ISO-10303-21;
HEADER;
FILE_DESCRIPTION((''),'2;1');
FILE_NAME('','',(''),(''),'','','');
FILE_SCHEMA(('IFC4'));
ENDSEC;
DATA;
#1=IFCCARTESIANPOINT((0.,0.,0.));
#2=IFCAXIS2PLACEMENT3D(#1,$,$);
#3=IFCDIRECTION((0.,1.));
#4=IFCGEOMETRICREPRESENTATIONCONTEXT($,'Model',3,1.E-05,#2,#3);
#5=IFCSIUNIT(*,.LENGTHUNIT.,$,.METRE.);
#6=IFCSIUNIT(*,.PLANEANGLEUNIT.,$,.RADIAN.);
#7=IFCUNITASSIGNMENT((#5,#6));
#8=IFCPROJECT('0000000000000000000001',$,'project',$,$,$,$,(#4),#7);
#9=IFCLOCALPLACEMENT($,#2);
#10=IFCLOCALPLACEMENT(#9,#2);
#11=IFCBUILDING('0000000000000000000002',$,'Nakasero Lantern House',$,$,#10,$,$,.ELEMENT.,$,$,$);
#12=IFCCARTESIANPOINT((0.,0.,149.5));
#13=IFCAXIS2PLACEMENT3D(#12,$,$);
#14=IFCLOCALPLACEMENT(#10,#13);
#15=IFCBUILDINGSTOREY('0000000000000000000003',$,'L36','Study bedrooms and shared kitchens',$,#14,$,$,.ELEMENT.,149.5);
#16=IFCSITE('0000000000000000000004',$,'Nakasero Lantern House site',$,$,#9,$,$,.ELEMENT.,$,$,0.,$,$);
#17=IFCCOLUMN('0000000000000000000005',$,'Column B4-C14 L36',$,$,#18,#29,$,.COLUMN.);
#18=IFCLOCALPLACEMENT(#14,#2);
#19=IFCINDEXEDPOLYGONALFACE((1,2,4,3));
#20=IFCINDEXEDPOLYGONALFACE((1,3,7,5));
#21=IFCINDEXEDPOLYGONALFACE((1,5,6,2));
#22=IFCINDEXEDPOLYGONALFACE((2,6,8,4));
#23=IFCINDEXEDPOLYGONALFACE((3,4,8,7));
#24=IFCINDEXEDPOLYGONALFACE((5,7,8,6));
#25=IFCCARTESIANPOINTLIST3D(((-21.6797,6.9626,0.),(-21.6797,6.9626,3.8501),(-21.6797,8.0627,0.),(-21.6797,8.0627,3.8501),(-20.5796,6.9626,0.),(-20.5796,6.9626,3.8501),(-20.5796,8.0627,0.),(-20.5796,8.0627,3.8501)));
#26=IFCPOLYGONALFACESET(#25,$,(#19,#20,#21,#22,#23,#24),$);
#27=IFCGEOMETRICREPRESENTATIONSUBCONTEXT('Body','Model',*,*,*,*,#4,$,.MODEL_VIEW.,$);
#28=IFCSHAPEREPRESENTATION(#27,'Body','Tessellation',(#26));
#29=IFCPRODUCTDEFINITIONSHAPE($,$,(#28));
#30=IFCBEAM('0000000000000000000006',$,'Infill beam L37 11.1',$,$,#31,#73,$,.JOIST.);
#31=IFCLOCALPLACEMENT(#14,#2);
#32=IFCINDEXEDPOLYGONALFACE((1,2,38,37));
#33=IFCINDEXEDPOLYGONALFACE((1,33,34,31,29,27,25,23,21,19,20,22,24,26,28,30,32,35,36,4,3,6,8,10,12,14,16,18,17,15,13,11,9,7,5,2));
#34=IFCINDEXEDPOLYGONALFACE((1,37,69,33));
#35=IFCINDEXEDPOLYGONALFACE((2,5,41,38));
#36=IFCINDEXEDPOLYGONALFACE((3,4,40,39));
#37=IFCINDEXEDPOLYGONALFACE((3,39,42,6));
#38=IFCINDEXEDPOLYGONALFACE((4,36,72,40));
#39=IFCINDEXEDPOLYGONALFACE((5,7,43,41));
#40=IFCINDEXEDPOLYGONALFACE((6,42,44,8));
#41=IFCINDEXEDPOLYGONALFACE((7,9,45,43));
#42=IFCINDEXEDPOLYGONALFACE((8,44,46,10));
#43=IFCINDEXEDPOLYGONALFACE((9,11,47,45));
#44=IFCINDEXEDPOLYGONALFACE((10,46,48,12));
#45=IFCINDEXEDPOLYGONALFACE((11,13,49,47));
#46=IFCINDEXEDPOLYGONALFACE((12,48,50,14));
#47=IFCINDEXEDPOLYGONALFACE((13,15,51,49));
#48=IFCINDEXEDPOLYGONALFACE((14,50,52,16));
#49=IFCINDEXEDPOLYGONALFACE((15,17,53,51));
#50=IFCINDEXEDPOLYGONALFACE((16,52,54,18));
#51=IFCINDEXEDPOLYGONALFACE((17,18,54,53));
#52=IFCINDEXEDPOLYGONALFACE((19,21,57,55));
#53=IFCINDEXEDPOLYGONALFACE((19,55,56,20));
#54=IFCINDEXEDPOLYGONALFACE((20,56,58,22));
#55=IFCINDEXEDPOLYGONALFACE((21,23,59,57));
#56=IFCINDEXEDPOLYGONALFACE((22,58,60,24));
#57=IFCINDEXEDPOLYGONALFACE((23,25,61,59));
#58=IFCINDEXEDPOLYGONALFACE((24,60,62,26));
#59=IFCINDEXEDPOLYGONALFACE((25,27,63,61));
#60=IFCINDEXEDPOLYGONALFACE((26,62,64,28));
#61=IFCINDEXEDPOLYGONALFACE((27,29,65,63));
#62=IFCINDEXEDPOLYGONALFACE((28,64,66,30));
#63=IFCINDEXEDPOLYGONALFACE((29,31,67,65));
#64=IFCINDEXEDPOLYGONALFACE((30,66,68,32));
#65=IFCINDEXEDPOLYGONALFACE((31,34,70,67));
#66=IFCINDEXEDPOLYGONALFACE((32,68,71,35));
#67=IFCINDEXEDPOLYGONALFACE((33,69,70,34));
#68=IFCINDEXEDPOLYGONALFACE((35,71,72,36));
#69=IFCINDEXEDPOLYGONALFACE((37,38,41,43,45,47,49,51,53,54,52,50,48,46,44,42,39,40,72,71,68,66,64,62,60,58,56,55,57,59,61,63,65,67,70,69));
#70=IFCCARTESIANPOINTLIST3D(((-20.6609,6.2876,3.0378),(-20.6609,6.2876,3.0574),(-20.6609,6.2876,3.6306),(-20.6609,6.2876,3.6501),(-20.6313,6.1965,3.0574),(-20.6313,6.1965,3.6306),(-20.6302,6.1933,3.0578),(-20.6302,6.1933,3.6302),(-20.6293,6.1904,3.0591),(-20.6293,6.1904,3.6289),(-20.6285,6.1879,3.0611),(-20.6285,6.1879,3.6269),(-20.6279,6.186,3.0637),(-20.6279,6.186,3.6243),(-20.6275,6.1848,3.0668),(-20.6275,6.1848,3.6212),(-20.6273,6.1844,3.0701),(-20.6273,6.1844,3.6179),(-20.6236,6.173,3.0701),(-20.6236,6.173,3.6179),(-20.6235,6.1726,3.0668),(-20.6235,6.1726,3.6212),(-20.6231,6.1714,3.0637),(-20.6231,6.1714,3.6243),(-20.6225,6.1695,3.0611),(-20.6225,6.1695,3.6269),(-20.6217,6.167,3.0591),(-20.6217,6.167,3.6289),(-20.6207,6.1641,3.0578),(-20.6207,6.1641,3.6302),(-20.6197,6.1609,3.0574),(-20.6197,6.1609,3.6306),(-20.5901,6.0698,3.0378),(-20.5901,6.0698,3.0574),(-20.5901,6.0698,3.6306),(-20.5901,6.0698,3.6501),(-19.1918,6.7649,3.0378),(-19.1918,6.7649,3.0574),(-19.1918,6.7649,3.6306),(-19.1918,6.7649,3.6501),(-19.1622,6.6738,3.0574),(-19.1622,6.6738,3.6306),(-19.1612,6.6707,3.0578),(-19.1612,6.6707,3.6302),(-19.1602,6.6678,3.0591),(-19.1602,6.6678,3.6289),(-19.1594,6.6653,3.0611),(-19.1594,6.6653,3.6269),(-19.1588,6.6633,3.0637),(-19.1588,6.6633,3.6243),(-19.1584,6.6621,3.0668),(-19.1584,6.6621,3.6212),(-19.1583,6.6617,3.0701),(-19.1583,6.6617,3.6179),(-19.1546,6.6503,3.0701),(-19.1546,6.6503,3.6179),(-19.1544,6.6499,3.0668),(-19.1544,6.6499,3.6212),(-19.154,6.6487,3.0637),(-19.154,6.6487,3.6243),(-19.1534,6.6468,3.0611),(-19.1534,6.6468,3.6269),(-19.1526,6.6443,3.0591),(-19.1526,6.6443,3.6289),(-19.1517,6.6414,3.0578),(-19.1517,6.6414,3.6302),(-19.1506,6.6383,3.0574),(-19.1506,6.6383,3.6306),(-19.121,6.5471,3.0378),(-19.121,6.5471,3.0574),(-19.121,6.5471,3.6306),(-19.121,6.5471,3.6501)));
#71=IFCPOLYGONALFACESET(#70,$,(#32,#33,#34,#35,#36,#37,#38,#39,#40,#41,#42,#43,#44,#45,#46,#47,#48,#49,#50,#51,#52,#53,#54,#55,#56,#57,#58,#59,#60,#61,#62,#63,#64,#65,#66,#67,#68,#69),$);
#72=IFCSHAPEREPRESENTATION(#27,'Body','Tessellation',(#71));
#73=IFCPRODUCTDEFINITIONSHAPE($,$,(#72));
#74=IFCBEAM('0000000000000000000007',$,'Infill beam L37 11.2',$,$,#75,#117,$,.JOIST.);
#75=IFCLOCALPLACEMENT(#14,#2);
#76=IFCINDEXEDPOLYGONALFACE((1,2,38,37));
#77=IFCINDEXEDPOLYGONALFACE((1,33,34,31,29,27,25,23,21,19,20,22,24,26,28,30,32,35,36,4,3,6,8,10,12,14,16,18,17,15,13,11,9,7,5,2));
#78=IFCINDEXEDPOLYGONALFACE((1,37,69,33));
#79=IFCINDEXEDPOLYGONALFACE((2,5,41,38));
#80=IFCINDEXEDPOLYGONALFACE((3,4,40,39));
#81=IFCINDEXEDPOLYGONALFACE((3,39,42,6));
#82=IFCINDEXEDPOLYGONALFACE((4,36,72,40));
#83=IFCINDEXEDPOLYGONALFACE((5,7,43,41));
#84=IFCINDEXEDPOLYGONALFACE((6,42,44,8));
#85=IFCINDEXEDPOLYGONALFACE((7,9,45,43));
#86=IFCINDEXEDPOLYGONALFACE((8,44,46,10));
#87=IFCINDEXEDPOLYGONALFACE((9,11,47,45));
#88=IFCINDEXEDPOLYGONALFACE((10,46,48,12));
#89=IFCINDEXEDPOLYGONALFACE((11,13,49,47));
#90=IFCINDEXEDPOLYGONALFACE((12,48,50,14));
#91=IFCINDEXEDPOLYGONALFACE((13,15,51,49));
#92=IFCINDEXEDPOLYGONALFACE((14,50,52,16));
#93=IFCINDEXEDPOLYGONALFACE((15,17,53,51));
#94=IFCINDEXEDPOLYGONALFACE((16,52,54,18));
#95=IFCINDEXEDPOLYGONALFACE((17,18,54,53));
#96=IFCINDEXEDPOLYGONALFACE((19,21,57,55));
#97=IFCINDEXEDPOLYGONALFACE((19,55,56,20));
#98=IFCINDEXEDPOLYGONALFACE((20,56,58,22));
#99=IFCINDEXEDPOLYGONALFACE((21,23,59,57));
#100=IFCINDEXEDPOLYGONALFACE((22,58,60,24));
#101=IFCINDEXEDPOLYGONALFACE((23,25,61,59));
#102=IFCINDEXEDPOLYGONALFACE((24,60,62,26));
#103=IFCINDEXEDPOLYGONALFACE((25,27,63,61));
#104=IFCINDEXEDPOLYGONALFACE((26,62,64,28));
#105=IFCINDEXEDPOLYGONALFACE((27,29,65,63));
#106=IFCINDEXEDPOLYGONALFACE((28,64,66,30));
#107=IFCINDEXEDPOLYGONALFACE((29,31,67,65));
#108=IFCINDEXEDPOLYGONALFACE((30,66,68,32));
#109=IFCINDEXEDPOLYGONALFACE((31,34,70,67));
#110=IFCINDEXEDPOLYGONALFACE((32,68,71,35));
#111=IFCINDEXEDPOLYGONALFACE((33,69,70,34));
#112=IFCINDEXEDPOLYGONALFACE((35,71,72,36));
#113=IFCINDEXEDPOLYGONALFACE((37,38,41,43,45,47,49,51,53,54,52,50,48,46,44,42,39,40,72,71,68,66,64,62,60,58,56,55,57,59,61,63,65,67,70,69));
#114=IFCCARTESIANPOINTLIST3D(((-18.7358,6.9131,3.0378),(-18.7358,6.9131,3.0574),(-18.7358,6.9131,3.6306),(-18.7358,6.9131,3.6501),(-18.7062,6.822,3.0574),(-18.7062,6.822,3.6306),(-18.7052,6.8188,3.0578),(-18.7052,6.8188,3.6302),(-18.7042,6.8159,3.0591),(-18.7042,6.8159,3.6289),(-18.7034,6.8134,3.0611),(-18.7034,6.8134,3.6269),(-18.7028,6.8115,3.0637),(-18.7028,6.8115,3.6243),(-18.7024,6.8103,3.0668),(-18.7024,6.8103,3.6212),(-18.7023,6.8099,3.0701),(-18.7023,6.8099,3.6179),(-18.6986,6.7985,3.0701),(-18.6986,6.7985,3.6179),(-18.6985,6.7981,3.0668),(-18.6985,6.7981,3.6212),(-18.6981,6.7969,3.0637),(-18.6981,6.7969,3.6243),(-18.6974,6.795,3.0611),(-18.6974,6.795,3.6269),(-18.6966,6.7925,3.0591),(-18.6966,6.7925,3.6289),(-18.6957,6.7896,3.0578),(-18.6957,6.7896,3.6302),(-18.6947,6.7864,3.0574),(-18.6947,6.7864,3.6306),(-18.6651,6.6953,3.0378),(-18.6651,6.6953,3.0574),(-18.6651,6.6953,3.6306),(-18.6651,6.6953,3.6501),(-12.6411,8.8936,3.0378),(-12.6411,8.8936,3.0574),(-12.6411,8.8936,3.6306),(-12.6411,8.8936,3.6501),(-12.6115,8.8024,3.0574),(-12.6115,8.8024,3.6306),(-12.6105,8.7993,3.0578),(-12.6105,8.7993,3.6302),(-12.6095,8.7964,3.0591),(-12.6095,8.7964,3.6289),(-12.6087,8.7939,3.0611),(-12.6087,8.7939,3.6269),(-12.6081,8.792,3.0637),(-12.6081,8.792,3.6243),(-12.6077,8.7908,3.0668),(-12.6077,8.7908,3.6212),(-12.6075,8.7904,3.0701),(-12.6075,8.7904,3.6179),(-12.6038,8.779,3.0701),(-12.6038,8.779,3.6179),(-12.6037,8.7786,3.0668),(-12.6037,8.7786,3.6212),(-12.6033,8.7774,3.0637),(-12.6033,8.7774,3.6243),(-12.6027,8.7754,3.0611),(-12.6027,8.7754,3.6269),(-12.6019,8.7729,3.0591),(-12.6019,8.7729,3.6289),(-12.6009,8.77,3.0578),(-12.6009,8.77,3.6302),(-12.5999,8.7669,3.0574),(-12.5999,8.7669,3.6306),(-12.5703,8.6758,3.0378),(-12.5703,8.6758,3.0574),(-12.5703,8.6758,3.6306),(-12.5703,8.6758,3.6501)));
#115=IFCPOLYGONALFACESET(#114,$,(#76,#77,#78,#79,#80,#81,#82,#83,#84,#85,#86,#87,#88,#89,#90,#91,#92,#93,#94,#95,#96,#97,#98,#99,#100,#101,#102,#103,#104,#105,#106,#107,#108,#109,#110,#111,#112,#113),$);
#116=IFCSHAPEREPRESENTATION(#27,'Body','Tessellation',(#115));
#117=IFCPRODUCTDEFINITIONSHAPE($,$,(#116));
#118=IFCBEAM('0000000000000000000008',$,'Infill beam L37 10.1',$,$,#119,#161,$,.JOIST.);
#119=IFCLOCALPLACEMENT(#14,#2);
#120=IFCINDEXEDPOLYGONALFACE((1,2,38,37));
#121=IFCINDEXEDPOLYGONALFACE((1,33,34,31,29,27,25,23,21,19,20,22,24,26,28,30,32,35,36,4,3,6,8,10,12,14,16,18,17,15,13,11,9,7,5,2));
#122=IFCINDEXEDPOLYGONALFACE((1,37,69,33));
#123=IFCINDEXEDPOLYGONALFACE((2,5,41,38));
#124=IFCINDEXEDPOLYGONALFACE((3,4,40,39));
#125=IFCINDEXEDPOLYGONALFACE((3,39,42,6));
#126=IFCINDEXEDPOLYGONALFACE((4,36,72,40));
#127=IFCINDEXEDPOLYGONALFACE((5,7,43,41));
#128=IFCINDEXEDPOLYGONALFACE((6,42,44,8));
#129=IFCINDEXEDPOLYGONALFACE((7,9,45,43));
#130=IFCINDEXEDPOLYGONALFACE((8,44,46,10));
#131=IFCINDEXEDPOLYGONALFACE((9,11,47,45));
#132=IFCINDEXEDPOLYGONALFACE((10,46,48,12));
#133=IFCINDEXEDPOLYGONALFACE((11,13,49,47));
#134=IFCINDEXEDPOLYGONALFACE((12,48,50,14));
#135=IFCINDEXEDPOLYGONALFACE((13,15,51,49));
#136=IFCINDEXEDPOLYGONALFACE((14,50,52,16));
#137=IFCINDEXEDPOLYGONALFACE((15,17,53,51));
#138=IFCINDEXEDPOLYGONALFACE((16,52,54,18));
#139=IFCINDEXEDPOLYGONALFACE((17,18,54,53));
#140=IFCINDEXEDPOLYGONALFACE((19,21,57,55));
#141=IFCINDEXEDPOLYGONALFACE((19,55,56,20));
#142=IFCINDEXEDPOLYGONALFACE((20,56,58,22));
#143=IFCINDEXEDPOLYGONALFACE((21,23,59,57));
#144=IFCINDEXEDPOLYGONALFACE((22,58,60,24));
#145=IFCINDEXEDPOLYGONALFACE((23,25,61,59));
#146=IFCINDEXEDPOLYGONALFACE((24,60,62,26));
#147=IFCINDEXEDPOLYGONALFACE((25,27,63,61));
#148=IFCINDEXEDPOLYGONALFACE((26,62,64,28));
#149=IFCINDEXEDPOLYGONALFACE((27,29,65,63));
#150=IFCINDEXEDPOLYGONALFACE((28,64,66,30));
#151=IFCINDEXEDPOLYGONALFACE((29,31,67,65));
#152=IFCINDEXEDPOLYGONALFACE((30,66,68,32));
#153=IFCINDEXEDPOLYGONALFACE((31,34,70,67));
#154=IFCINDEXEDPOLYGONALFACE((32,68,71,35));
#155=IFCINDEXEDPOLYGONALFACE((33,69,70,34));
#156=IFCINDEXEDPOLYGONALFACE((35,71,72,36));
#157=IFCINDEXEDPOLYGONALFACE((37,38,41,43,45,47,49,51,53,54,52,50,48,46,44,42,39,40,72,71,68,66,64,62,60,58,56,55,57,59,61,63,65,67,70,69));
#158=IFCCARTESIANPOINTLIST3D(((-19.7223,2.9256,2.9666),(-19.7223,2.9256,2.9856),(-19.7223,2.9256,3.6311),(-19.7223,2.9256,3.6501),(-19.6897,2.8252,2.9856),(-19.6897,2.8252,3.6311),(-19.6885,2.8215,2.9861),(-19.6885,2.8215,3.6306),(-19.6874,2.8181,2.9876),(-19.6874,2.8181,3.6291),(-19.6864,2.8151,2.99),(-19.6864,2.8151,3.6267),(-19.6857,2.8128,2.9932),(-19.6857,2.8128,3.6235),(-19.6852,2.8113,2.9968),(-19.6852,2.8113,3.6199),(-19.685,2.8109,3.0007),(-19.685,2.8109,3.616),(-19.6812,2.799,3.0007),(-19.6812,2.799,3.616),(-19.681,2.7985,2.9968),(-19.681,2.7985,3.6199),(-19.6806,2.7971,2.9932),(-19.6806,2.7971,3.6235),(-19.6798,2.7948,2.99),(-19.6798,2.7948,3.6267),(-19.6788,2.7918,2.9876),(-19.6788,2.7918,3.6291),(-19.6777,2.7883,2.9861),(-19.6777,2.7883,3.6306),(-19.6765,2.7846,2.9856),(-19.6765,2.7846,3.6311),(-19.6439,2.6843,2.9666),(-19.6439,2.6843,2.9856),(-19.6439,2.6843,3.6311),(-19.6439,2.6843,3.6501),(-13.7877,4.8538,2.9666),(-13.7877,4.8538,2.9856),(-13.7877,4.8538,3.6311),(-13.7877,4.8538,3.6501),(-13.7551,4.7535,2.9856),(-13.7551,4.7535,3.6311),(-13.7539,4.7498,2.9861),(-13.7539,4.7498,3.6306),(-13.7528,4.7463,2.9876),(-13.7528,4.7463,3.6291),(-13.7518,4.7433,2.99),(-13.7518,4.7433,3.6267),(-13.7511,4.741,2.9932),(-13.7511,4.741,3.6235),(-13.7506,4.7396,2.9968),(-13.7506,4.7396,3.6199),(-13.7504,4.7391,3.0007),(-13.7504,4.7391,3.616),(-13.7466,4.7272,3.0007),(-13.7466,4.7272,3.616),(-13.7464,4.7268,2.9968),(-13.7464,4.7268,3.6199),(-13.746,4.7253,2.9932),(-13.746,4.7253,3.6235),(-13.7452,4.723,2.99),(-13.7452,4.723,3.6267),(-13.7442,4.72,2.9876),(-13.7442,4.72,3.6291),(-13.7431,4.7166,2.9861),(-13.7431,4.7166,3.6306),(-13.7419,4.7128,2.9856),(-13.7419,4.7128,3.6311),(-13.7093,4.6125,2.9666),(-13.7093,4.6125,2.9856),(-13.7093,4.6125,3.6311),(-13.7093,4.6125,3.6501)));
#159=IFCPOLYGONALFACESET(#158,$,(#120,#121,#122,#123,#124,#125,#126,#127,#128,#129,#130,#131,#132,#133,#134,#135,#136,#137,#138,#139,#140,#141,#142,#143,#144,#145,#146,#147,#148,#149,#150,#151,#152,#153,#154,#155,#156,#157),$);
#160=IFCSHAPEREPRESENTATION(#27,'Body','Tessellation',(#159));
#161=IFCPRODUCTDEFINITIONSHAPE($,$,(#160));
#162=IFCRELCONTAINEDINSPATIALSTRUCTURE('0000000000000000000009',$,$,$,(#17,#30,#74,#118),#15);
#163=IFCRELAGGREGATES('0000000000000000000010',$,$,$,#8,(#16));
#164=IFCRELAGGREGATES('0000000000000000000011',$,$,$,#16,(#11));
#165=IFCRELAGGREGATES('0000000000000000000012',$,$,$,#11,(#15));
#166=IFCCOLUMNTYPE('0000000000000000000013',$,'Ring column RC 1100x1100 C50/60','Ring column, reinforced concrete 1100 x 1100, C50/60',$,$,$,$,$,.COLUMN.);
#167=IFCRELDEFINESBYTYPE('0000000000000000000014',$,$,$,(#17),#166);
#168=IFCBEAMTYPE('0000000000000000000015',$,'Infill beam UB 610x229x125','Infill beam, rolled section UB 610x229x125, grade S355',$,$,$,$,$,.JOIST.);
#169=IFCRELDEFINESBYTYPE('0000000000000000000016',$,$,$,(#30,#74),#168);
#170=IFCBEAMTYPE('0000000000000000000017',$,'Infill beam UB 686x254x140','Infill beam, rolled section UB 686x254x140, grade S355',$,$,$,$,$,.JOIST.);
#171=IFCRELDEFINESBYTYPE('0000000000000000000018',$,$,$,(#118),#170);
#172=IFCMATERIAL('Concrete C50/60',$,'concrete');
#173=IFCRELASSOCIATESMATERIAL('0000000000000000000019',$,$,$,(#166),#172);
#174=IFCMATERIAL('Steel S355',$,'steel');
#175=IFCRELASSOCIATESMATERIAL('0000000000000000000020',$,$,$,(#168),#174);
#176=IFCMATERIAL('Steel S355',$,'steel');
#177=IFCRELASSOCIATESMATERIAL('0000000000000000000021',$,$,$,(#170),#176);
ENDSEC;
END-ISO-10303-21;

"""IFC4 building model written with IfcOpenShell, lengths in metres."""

from ifc_helpers import new_model, si_unit, direction, frame, origin, origin_2d, place, context, subcontext, project, spatial, rectangle, i_section, extrude, material, material_profile, profile_set, type_object, element, save


model = new_model("IFC4")

# Units and contexts
model_context = context("Model", 3, precision=1e-05, world=origin(), true_north=direction((0.0, 1.0)))
body_context = subcontext(model_context, "Body", "Model", "MODEL_VIEW")
ifc_project = project(units=[si_unit("LENGTHUNIT", "METRE"), si_unit("PLANEANGLEUNIT", "RADIAN")], contexts=[model_context])

# Site, building, storey
site_placement = place(None, origin())
site = spatial("IfcSite", under=ifc_project, at=site_placement, Name="Nakasero Lantern House site", CompositionType="ELEMENT", RefElevation=0.0)
building_placement = place(site_placement, origin())
building = spatial("IfcBuilding", under=site, at=building_placement, Name="Nakasero Lantern House", CompositionType="ELEMENT")
storey_placement = place(building_placement, frame((0.0, 0.0, 149.5)))
storey = spatial("IfcBuildingStorey", under=building, at=storey_placement, Name="L36", Description="Study bedrooms and shared kitchens", CompositionType="ELEMENT", Elevation=149.5)

# Column
ifc_material_1 = material(Name="Concrete C50/60", Category="concrete")
ifc_material_profile_1 = material_profile(ifc_material_1, rectangle(XDim=1.1001, YDim=1.1001, at=origin_2d()), Name="RC 1100x1100")
ifc_profile_set_1 = profile_set([ifc_material_profile_1], Name="Concrete C50/60")
column_type = type_object("IfcColumnType", Name="Ring column RC 1100x1100 C50/60", Description="Ring column, reinforced concrete 1100 x 1100, C50/60", PredefinedType="COLUMN", material=ifc_profile_set_1)
column_placement = place(storey_placement, frame((-21.1296, 7.5127, 0.0), z_axis=(0.0, 0.0, 1.0), x_axis=(1.0, 0.0, 0.0)))
element("IfcColumn", 1, at=column_placement, inside=storey, type_object=column_type, Name="Column B4-C14 L36", PredefinedType="COLUMN", context=body_context, shape_type="SweptSolid", body=[
    extrude(rectangle(XDim=1.1001, YDim=1.1001, at=origin_2d()), origin(), (0.0, 0.0, 1.0), 3.8501),
])

# Beams
ifc_material_2 = material(Name="Steel S355", Category="steel")
ifc_material_profile_2 = material_profile(ifc_material_2, i_section(OverallWidth=0.229, OverallDepth=0.6123, WebThickness=0.012, FlangeThickness=0.0195, FilletRadius=0.0127, at=origin_2d()), Name="UB 610x229x125")
ifc_profile_set_2 = profile_set([ifc_material_profile_2], Name="Steel S355")
beam_type_1 = type_object("IfcBeamType", Name="Infill beam UB 610x229x125", Description="Infill beam, rolled section UB 610x229x125, grade S355", PredefinedType="JOIST", material=ifc_profile_set_2)
beam_1_placement = place(storey_placement, frame((-20.6255, 6.1787, 3.344), z_axis=(0.951058, 0.309011, 0.0), x_axis=(-0.309011, 0.951058, 0.0)))
element("IfcBeam", 2, at=beam_1_placement, inside=storey, type_object=beam_type_1, Name="Infill beam L37 11.1", PredefinedType="JOIST", context=body_context, shape_type="SweptSolid", body=[
    extrude(i_section(OverallWidth=0.229, OverallDepth=0.6123, WebThickness=0.012, FlangeThickness=0.0195, FilletRadius=0.0127, at=origin_2d()), origin(), (0.0, 0.0, 1.0), 1.5447),
])
beam_2_placement = place(storey_placement, frame((-18.7004, 6.8042, 3.344), z_axis=(0.951049, 0.309041, 0.0), x_axis=(-0.309041, 0.951049, 0.0)))
element("IfcBeam", 3, at=beam_2_placement, inside=storey, type_object=beam_type_1, Name="Infill beam L37 11.2", PredefinedType="JOIST", context=body_context, shape_type="SweptSolid", body=[
    extrude(i_section(OverallWidth=0.229, OverallDepth=0.6123, WebThickness=0.012, FlangeThickness=0.0195, FilletRadius=0.0127, at=origin_2d()), origin(), (0.0, 0.0, 1.0), 6.4084),
])
ifc_material_3 = material(Name="Steel S355", Category="steel")
ifc_material_profile_3 = material_profile(ifc_material_3, i_section(OverallWidth=0.2537, OverallDepth=0.6836, WebThickness=0.0125, FlangeThickness=0.019, FilletRadius=0.0151, at=origin_2d()), Name="UB 686x254x140")
ifc_profile_set_3 = profile_set([ifc_material_profile_3], Name="Steel S355")
beam_type_2 = type_object("IfcBeamType", Name="Infill beam UB 686x254x140", Description="Infill beam, rolled section UB 686x254x140, grade S355", PredefinedType="JOIST", material=ifc_profile_set_3)
beam_3_placement = place(storey_placement, frame((-19.6831, 2.8049, 3.3083), z_axis=(0.951058, 0.309012, 0.0), x_axis=(-0.309012, 0.951058, 0.0)))
element("IfcBeam", 4, at=beam_3_placement, inside=storey, type_object=beam_type_2, Name="Infill beam L37 10.1", PredefinedType="JOIST", context=body_context, shape_type="SweptSolid", body=[
    extrude(i_section(OverallWidth=0.2537, OverallDepth=0.6836, WebThickness=0.0125, FlangeThickness=0.019, FilletRadius=0.0151, at=origin_2d()), origin(), (0.0, 0.0, 1.0), 6.24),
])

save(model, "model.ifc")
